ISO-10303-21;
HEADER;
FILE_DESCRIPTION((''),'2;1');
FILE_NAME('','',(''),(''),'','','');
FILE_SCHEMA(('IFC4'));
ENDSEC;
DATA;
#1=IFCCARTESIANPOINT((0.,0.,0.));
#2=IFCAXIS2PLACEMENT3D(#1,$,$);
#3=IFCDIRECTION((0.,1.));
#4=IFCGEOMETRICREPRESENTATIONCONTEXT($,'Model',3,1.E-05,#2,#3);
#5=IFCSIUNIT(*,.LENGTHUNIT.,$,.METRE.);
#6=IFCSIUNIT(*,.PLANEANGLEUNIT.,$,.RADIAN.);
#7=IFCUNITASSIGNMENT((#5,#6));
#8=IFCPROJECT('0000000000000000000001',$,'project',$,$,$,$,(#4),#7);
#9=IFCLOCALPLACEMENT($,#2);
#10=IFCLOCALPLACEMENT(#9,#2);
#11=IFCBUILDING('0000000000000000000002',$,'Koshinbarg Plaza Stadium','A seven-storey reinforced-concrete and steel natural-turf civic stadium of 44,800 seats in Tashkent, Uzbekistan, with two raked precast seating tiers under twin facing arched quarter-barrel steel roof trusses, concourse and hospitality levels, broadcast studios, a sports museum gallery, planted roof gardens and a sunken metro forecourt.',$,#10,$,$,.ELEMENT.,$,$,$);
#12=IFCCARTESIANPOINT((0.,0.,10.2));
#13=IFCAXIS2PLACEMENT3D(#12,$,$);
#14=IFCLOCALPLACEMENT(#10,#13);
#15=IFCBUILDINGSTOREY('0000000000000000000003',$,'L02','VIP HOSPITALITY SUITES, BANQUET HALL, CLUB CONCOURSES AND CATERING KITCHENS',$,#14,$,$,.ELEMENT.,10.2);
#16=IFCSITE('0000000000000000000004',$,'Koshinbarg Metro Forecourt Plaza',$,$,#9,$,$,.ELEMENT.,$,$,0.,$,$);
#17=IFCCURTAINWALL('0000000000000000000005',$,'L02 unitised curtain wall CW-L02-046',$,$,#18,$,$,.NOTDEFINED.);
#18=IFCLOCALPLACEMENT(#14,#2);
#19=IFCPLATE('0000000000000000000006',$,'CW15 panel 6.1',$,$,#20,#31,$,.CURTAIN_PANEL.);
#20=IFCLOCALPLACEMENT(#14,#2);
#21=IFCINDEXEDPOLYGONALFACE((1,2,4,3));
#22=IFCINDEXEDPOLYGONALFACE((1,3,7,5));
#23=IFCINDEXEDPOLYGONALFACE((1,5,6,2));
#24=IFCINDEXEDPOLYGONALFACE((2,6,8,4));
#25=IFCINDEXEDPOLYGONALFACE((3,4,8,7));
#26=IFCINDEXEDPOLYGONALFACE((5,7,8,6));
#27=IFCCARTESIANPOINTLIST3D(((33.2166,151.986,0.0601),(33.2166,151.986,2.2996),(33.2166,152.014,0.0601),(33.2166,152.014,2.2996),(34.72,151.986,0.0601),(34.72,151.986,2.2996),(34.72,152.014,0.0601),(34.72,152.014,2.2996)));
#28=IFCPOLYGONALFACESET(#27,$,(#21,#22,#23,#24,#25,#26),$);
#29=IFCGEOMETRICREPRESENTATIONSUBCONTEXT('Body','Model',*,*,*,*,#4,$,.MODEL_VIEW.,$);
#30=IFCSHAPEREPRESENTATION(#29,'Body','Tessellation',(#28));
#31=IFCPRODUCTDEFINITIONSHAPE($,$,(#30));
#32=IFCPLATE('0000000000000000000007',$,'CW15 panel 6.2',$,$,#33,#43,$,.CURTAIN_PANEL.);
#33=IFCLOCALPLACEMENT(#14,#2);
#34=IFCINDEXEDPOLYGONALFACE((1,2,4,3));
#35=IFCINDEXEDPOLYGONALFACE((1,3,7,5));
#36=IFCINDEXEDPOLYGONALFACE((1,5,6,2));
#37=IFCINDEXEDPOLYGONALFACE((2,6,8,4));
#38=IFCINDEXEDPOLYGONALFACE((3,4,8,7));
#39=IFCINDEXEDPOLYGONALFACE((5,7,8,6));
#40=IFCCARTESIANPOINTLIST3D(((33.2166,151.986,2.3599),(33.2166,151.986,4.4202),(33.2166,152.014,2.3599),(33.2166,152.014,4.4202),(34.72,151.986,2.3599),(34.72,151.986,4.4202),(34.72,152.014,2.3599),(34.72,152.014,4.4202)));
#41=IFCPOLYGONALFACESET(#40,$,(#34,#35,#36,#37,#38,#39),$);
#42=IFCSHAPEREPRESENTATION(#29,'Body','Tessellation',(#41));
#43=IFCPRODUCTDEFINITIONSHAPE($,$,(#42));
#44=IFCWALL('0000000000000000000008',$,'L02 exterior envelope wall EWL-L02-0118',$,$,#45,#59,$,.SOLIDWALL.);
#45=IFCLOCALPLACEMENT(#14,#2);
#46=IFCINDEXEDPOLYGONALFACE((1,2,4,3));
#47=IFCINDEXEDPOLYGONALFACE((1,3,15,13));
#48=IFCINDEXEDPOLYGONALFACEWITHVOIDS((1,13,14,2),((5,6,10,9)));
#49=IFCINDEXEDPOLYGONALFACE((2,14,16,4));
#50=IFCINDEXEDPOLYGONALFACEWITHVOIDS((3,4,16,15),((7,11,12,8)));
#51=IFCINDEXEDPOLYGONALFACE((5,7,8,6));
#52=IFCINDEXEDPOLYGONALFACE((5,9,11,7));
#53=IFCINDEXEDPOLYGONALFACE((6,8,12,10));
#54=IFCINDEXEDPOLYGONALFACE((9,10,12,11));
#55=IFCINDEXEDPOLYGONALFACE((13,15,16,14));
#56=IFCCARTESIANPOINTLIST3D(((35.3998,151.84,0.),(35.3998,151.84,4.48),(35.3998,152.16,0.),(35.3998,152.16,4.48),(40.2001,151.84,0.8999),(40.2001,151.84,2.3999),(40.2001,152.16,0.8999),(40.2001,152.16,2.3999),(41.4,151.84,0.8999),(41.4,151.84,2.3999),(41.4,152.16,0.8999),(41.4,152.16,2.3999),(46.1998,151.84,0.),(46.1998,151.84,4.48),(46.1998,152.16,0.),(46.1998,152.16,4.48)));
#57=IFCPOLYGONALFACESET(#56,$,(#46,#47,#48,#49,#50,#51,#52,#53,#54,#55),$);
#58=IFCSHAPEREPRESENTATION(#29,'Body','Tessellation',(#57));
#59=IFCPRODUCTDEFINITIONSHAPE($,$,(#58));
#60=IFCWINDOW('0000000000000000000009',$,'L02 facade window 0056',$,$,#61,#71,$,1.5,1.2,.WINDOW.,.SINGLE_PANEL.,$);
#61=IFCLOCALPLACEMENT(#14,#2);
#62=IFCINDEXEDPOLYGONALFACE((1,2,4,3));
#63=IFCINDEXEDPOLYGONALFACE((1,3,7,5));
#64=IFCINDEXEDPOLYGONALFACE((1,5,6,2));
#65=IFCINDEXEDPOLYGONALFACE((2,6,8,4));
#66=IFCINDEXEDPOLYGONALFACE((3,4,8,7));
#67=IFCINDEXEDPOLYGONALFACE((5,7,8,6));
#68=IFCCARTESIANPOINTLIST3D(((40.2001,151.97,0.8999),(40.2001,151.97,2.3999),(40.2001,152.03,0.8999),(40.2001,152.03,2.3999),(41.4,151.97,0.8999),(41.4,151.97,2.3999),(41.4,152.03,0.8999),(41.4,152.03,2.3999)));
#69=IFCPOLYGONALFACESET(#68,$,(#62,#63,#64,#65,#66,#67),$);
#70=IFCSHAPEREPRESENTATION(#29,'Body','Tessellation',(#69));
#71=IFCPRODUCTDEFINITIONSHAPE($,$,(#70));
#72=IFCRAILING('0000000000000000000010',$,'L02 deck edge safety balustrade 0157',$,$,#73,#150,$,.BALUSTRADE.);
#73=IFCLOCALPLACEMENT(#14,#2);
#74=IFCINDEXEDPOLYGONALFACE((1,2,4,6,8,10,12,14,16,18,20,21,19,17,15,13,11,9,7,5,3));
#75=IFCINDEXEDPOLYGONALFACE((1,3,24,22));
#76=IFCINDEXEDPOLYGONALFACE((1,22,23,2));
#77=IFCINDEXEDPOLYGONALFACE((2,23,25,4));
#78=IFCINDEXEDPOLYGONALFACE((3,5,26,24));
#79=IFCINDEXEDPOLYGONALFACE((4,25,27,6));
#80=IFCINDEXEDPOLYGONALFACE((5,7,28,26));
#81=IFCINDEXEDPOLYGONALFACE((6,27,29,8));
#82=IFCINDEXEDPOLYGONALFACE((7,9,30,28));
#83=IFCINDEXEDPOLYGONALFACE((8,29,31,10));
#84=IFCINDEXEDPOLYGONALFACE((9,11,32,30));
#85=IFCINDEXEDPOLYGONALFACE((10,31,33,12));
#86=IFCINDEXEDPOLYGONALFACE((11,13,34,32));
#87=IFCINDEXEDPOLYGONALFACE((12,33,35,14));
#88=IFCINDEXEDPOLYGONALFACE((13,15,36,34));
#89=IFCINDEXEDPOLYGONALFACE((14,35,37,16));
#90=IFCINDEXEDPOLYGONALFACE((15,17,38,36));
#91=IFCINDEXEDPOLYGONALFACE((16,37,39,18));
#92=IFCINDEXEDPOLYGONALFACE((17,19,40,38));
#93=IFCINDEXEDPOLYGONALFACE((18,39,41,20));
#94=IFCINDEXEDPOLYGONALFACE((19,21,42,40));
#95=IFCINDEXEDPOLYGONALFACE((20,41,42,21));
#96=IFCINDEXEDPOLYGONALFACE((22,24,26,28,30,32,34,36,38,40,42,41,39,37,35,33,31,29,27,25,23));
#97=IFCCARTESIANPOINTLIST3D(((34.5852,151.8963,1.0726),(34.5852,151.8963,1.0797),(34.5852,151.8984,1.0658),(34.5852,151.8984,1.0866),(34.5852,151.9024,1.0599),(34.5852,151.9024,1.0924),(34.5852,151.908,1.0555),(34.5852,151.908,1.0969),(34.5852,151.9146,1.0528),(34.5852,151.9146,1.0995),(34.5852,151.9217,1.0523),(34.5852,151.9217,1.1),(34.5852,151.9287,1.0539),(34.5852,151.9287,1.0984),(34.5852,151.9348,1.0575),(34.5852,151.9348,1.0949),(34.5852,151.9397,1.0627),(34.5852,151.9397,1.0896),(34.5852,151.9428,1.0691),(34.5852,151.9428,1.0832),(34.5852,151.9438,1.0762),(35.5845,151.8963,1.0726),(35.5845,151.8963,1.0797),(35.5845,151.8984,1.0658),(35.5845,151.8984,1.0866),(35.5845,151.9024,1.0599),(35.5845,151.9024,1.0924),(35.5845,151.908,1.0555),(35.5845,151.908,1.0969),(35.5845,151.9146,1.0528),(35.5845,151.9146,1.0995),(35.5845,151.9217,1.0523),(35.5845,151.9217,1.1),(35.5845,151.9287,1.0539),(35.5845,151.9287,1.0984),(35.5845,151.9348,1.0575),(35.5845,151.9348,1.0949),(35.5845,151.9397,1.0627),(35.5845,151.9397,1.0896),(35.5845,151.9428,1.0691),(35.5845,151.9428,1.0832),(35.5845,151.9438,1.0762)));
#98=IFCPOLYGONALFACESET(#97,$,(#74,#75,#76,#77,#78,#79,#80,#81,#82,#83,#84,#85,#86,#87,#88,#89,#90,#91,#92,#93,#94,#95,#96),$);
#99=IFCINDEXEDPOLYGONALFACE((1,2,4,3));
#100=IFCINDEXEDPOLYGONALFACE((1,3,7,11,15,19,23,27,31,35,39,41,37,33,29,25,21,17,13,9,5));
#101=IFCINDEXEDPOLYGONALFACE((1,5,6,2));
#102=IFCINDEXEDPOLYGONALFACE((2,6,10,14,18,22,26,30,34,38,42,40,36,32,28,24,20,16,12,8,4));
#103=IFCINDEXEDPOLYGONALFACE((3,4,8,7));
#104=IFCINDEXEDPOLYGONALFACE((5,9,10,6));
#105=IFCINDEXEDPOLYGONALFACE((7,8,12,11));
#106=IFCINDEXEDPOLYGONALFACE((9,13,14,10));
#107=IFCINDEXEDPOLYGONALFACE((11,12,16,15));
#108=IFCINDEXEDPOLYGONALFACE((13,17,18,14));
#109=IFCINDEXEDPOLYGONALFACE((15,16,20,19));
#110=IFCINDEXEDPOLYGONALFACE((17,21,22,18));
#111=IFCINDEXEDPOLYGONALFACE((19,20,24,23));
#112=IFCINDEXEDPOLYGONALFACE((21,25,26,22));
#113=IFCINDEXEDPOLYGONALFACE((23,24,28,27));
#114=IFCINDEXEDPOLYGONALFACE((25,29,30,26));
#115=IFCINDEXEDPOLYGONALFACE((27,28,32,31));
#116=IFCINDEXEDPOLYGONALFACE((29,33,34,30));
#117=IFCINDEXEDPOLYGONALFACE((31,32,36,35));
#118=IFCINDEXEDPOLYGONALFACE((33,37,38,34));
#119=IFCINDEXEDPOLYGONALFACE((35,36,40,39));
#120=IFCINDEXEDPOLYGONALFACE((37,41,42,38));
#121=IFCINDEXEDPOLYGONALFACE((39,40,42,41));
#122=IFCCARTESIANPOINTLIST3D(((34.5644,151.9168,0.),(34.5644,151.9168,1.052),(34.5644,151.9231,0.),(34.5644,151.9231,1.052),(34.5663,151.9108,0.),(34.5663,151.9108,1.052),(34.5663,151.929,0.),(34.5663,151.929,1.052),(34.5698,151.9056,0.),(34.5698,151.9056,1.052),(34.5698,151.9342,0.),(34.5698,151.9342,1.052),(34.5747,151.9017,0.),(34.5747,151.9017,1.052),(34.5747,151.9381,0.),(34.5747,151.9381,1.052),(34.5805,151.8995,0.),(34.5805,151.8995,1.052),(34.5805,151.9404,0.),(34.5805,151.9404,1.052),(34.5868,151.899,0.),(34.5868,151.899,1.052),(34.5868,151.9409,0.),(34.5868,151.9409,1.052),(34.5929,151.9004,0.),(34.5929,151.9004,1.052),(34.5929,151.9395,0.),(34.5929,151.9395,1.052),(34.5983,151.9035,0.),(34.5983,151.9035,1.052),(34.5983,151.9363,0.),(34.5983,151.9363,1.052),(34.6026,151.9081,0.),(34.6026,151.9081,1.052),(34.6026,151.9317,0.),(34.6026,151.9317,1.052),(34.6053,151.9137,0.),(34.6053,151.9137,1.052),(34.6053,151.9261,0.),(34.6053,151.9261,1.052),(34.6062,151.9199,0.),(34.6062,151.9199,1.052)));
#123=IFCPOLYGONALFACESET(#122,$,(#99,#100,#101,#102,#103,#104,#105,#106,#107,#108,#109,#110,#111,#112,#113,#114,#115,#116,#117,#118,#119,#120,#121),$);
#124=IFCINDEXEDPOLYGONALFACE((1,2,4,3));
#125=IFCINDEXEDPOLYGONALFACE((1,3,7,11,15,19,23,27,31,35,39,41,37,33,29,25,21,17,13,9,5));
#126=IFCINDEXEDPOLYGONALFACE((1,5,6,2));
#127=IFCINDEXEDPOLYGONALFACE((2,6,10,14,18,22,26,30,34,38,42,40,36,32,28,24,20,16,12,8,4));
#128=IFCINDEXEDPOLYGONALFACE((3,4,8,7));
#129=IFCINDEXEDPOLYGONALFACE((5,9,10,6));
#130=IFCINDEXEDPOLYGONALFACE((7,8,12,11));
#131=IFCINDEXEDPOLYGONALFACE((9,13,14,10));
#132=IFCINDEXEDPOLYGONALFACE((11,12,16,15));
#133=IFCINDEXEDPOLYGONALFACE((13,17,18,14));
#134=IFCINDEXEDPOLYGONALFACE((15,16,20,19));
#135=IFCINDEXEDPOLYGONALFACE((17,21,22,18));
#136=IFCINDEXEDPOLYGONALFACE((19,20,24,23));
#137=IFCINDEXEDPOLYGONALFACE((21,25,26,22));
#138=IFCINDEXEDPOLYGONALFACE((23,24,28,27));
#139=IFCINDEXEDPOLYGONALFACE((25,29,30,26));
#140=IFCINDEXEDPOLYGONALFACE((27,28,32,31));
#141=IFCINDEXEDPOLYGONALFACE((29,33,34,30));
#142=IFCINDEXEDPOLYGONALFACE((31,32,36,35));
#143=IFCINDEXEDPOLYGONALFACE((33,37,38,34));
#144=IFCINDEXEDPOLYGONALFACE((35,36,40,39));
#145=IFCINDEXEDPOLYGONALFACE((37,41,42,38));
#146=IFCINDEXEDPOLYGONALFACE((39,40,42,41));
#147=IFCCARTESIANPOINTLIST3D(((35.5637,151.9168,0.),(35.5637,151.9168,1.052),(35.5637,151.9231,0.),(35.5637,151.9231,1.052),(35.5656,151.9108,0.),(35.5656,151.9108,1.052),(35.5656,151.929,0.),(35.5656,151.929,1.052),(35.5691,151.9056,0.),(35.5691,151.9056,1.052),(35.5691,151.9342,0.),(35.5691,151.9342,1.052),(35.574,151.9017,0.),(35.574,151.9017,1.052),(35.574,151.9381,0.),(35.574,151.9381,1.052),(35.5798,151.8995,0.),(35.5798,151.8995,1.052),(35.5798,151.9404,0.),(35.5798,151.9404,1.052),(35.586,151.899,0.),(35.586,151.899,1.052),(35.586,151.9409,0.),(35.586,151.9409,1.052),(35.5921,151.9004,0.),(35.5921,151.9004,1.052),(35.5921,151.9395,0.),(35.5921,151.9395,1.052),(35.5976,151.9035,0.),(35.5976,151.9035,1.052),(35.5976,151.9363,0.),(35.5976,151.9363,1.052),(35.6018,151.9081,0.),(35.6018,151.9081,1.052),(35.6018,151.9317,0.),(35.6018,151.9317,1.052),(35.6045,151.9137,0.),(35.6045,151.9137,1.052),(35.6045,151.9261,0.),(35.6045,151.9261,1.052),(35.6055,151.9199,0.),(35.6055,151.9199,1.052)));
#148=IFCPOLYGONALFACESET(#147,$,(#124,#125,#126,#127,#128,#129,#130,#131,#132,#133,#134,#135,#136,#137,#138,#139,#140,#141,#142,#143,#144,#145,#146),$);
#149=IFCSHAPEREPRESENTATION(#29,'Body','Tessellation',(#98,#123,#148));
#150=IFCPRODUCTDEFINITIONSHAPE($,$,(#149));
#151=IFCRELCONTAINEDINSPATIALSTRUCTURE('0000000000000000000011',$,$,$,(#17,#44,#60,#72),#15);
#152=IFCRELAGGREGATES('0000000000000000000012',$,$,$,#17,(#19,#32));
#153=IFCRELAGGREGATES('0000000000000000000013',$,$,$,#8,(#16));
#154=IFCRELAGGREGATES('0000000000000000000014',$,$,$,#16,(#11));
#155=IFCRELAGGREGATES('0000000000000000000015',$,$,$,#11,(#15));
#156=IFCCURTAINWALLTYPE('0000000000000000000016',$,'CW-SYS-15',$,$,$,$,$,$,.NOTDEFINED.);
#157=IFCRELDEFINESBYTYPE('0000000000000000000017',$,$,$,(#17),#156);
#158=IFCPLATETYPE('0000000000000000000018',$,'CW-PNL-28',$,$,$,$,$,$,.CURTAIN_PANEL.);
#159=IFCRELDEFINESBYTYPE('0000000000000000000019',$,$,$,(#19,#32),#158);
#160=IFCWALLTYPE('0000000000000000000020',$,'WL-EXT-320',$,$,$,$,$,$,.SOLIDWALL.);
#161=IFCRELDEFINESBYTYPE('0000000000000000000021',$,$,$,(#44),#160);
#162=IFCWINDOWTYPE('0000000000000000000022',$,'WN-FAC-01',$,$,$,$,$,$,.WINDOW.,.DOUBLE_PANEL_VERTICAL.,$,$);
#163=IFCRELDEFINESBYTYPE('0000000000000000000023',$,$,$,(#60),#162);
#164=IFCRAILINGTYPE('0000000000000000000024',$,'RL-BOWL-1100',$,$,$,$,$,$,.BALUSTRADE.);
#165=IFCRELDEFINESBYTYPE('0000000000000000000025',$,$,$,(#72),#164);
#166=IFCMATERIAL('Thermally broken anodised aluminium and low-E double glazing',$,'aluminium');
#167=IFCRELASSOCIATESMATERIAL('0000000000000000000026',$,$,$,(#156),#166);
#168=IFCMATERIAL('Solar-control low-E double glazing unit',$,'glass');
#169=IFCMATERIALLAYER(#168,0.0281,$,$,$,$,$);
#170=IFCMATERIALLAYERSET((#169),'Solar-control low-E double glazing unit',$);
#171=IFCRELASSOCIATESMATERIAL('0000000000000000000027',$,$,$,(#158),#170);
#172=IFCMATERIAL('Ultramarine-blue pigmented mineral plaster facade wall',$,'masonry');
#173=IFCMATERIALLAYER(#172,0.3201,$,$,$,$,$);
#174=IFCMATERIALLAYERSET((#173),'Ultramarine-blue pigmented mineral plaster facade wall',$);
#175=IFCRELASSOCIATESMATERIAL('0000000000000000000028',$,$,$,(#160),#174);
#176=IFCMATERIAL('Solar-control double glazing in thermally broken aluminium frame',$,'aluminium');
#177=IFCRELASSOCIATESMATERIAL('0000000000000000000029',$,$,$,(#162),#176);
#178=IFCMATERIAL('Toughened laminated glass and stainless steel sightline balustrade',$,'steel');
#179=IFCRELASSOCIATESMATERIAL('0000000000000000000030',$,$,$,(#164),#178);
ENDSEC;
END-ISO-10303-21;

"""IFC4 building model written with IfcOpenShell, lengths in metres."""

from ifc_helpers import new_model, si_unit, direction, frame, frame_2d, origin, origin_2d, place, context, subcontext, project, spatial, rectangle, circle, extrude, material, layer, layer_set, type_object, element, fill, aggregate, save


model = new_model("IFC4")

# Units and contexts
model_context = context("Model", 3, precision=1e-05, world=origin(), true_north=direction((0.0, 1.0)))
body_context = subcontext(model_context, "Body", "Model", "MODEL_VIEW")
ifc_project = project(units=[si_unit("LENGTHUNIT", "METRE"), si_unit("PLANEANGLEUNIT", "RADIAN")], contexts=[model_context])

# Site, building, storey
site_placement = place(None, origin())
site = spatial("IfcSite", under=ifc_project, at=site_placement, Name="Koshinbarg Metro Forecourt Plaza", CompositionType="ELEMENT", RefElevation=0.0)
building_placement = place(site_placement, origin())
building = spatial("IfcBuilding", under=site, at=building_placement, Name="Koshinbarg Plaza Stadium", Description="A seven-storey reinforced-concrete and steel natural-turf civic stadium of 44,800 seats in Tashkent, Uzbekistan, with two raked precast seating tiers under twin facing arched quarter-barrel steel roof trusses, concourse and hospitality levels, broadcast studios, a sports museum gallery, planted roof gardens and a sunken metro forecourt.", CompositionType="ELEMENT")
storey_placement = place(building_placement, frame((0.0, 0.0, 10.2)))
storey = spatial("IfcBuildingStorey", under=building, at=storey_placement, Name="L02", Description="VIP HOSPITALITY SUITES, BANQUET HALL, CLUB CONCOURSES AND CATERING KITCHENS", CompositionType="ELEMENT", Elevation=10.2)

# Curtain wall, plates
ifc_material_1 = material(Name="Thermally broken anodised aluminium and low-E double glazing", Category="aluminium")
curtain_wall_type = type_object("IfcCurtainWallType", Name="CW-SYS-15", PredefinedType="NOTDEFINED", material=ifc_material_1)
curtain_wall_placement = place(storey_placement, origin())
curtain_wall = element("IfcCurtainWall", 1, at=curtain_wall_placement, inside=storey, type_object=curtain_wall_type, Name="L02 unitised curtain wall CW-L02-046", PredefinedType="NOTDEFINED")
ifc_material_2 = material(Name="Solar-control low-E double glazing unit", Category="glass")
ifc_layer_1 = layer(ifc_material_2, 0.0281)
ifc_layer_set_1 = layer_set([ifc_layer_1], Name="Solar-control low-E double glazing unit")
plate_type = type_object("IfcPlateType", Name="CW-PNL-28", PredefinedType="CURTAIN_PANEL", material=ifc_layer_set_1)
plate_1_placement = place(storey_placement, frame((33.9683, 152.0, 0.0601), z_axis=(0.0, 0.0, 1.0), x_axis=(1.0, 0.0, 0.0)))
plate_1 = element("IfcPlate", 2, at=plate_1_placement, type_object=plate_type, Name="CW15 panel 6.1", PredefinedType="CURTAIN_PANEL", context=body_context, shape_type="SweptSolid", body=[
    extrude(rectangle(XDim=1.5034, YDim=0.0281, at=origin_2d()), origin(), (0.0, 0.0, 1.0), 2.2395),
])
plate_2_placement = place(storey_placement, frame((33.9683, 152.0, 2.3599), z_axis=(0.0, 0.0, 1.0), x_axis=(1.0, 0.0, 0.0)))
plate_2 = element("IfcPlate", 3, at=plate_2_placement, type_object=plate_type, Name="CW15 panel 6.2", PredefinedType="CURTAIN_PANEL", context=body_context, shape_type="SweptSolid", body=[
    extrude(rectangle(XDim=1.5034, YDim=0.0281, at=origin_2d()), origin(), (0.0, 0.0, 1.0), 2.0603),
])
aggregate(curtain_wall, [plate_1, plate_2])

# Wall, opening, window
ifc_material_3 = material(Name="Ultramarine-blue pigmented mineral plaster facade wall", Category="masonry")
ifc_layer_2 = layer(ifc_material_3, 0.3201)
ifc_layer_set_2 = layer_set([ifc_layer_2], Name="Ultramarine-blue pigmented mineral plaster facade wall")
wall_type = type_object("IfcWallType", Name="WL-EXT-320", PredefinedType="SOLIDWALL", material=ifc_layer_set_2)
wall_placement = place(storey_placement, frame((35.3999, 152.0, 0.0), z_axis=(0.0, 0.0, 1.0), x_axis=(1.0, 0.0, 0.0)))
wall = element("IfcWall", 4, at=wall_placement, inside=storey, type_object=wall_type, Name="L02 exterior envelope wall EWL-L02-0118", PredefinedType="SOLIDWALL", context=body_context, shape_type="SweptSolid", body=[
    extrude(rectangle(XDim=10.8, YDim=0.3201, at=frame_2d((5.3999, 0.0))), origin(), (0.0, 0.0, 1.0), 4.48),
])
opening_placement = place(wall_placement, frame((4.8, 0.0, 0.8999)))
opening = element("IfcOpeningElement", 5, at=opening_placement, cuts=wall, PredefinedType="OPENING", context=body_context, shape_type="SweptSolid", body=[
    extrude(rectangle(XDim=1.2, YDim=1.5, at=frame_2d((0.6001, 0.75))), frame((0.0, 0.1699, 0.0), z_axis=(0.0, -1.0, 0.0), x_axis=(1.0, 0.0, 0.0)), (0.0, 0.0, 1.0), 0.3401),
])
ifc_material_4 = material(Name="Solar-control double glazing in thermally broken aluminium frame", Category="aluminium")
window_type = type_object("IfcWindowType", Name="WN-FAC-01", PartitioningType="DOUBLE_PANEL_VERTICAL", PredefinedType="WINDOW", material=ifc_material_4)
window_placement = place(opening_placement, origin())
window = element("IfcWindow", 6, at=window_placement, inside=storey, type_object=window_type, Name="L02 facade window 0056", OverallHeight=1.5, OverallWidth=1.2, PartitioningType="SINGLE_PANEL", PredefinedType="WINDOW", context=body_context, shape_type="SweptSolid", body=[
    extrude(rectangle(XDim=1.2, YDim=1.5, at=frame_2d((0.6001, 0.75))), frame((0.0, 0.03, 0.0), z_axis=(0.0, -1.0, 0.0), x_axis=(1.0, 0.0, 0.0)), (0.0, 0.0, 1.0), 0.0601),
])
fill(opening, window)

# Railing
ifc_material_5 = material(Name="Toughened laminated glass and stainless steel sightline balustrade", Category="steel")
railing_type = type_object("IfcRailingType", Name="RL-BOWL-1100", PredefinedType="BALUSTRADE", material=ifc_material_5)
railing_placement = place(storey_placement, frame((34.5852, 151.9199, 0.0)))
element("IfcRailing", 7, at=railing_placement, inside=storey, type_object=railing_type, Name="L02 deck edge safety balustrade 0157", PredefinedType="BALUSTRADE", context=body_context, shape_type="SweptSolid", body=[
    extrude(circle(Radius=0.0239, at=origin_2d()), frame((0.0, 0.0, 1.0762), z_axis=(1.0, 0.0, 0.0), x_axis=(0.0, 1.0, 0.0)), (0.0, 0.0, 1.0), 0.9993),
    extrude(circle(Radius=0.021, at=origin_2d()), origin(), (0.0, 0.0, 1.0), 1.052),
    extrude(circle(Radius=0.021, at=origin_2d()), frame((0.9993, 0.0, 0.0)), (0.0, 0.0, 1.0), 1.052),
])

save(model, "model.ifc")
